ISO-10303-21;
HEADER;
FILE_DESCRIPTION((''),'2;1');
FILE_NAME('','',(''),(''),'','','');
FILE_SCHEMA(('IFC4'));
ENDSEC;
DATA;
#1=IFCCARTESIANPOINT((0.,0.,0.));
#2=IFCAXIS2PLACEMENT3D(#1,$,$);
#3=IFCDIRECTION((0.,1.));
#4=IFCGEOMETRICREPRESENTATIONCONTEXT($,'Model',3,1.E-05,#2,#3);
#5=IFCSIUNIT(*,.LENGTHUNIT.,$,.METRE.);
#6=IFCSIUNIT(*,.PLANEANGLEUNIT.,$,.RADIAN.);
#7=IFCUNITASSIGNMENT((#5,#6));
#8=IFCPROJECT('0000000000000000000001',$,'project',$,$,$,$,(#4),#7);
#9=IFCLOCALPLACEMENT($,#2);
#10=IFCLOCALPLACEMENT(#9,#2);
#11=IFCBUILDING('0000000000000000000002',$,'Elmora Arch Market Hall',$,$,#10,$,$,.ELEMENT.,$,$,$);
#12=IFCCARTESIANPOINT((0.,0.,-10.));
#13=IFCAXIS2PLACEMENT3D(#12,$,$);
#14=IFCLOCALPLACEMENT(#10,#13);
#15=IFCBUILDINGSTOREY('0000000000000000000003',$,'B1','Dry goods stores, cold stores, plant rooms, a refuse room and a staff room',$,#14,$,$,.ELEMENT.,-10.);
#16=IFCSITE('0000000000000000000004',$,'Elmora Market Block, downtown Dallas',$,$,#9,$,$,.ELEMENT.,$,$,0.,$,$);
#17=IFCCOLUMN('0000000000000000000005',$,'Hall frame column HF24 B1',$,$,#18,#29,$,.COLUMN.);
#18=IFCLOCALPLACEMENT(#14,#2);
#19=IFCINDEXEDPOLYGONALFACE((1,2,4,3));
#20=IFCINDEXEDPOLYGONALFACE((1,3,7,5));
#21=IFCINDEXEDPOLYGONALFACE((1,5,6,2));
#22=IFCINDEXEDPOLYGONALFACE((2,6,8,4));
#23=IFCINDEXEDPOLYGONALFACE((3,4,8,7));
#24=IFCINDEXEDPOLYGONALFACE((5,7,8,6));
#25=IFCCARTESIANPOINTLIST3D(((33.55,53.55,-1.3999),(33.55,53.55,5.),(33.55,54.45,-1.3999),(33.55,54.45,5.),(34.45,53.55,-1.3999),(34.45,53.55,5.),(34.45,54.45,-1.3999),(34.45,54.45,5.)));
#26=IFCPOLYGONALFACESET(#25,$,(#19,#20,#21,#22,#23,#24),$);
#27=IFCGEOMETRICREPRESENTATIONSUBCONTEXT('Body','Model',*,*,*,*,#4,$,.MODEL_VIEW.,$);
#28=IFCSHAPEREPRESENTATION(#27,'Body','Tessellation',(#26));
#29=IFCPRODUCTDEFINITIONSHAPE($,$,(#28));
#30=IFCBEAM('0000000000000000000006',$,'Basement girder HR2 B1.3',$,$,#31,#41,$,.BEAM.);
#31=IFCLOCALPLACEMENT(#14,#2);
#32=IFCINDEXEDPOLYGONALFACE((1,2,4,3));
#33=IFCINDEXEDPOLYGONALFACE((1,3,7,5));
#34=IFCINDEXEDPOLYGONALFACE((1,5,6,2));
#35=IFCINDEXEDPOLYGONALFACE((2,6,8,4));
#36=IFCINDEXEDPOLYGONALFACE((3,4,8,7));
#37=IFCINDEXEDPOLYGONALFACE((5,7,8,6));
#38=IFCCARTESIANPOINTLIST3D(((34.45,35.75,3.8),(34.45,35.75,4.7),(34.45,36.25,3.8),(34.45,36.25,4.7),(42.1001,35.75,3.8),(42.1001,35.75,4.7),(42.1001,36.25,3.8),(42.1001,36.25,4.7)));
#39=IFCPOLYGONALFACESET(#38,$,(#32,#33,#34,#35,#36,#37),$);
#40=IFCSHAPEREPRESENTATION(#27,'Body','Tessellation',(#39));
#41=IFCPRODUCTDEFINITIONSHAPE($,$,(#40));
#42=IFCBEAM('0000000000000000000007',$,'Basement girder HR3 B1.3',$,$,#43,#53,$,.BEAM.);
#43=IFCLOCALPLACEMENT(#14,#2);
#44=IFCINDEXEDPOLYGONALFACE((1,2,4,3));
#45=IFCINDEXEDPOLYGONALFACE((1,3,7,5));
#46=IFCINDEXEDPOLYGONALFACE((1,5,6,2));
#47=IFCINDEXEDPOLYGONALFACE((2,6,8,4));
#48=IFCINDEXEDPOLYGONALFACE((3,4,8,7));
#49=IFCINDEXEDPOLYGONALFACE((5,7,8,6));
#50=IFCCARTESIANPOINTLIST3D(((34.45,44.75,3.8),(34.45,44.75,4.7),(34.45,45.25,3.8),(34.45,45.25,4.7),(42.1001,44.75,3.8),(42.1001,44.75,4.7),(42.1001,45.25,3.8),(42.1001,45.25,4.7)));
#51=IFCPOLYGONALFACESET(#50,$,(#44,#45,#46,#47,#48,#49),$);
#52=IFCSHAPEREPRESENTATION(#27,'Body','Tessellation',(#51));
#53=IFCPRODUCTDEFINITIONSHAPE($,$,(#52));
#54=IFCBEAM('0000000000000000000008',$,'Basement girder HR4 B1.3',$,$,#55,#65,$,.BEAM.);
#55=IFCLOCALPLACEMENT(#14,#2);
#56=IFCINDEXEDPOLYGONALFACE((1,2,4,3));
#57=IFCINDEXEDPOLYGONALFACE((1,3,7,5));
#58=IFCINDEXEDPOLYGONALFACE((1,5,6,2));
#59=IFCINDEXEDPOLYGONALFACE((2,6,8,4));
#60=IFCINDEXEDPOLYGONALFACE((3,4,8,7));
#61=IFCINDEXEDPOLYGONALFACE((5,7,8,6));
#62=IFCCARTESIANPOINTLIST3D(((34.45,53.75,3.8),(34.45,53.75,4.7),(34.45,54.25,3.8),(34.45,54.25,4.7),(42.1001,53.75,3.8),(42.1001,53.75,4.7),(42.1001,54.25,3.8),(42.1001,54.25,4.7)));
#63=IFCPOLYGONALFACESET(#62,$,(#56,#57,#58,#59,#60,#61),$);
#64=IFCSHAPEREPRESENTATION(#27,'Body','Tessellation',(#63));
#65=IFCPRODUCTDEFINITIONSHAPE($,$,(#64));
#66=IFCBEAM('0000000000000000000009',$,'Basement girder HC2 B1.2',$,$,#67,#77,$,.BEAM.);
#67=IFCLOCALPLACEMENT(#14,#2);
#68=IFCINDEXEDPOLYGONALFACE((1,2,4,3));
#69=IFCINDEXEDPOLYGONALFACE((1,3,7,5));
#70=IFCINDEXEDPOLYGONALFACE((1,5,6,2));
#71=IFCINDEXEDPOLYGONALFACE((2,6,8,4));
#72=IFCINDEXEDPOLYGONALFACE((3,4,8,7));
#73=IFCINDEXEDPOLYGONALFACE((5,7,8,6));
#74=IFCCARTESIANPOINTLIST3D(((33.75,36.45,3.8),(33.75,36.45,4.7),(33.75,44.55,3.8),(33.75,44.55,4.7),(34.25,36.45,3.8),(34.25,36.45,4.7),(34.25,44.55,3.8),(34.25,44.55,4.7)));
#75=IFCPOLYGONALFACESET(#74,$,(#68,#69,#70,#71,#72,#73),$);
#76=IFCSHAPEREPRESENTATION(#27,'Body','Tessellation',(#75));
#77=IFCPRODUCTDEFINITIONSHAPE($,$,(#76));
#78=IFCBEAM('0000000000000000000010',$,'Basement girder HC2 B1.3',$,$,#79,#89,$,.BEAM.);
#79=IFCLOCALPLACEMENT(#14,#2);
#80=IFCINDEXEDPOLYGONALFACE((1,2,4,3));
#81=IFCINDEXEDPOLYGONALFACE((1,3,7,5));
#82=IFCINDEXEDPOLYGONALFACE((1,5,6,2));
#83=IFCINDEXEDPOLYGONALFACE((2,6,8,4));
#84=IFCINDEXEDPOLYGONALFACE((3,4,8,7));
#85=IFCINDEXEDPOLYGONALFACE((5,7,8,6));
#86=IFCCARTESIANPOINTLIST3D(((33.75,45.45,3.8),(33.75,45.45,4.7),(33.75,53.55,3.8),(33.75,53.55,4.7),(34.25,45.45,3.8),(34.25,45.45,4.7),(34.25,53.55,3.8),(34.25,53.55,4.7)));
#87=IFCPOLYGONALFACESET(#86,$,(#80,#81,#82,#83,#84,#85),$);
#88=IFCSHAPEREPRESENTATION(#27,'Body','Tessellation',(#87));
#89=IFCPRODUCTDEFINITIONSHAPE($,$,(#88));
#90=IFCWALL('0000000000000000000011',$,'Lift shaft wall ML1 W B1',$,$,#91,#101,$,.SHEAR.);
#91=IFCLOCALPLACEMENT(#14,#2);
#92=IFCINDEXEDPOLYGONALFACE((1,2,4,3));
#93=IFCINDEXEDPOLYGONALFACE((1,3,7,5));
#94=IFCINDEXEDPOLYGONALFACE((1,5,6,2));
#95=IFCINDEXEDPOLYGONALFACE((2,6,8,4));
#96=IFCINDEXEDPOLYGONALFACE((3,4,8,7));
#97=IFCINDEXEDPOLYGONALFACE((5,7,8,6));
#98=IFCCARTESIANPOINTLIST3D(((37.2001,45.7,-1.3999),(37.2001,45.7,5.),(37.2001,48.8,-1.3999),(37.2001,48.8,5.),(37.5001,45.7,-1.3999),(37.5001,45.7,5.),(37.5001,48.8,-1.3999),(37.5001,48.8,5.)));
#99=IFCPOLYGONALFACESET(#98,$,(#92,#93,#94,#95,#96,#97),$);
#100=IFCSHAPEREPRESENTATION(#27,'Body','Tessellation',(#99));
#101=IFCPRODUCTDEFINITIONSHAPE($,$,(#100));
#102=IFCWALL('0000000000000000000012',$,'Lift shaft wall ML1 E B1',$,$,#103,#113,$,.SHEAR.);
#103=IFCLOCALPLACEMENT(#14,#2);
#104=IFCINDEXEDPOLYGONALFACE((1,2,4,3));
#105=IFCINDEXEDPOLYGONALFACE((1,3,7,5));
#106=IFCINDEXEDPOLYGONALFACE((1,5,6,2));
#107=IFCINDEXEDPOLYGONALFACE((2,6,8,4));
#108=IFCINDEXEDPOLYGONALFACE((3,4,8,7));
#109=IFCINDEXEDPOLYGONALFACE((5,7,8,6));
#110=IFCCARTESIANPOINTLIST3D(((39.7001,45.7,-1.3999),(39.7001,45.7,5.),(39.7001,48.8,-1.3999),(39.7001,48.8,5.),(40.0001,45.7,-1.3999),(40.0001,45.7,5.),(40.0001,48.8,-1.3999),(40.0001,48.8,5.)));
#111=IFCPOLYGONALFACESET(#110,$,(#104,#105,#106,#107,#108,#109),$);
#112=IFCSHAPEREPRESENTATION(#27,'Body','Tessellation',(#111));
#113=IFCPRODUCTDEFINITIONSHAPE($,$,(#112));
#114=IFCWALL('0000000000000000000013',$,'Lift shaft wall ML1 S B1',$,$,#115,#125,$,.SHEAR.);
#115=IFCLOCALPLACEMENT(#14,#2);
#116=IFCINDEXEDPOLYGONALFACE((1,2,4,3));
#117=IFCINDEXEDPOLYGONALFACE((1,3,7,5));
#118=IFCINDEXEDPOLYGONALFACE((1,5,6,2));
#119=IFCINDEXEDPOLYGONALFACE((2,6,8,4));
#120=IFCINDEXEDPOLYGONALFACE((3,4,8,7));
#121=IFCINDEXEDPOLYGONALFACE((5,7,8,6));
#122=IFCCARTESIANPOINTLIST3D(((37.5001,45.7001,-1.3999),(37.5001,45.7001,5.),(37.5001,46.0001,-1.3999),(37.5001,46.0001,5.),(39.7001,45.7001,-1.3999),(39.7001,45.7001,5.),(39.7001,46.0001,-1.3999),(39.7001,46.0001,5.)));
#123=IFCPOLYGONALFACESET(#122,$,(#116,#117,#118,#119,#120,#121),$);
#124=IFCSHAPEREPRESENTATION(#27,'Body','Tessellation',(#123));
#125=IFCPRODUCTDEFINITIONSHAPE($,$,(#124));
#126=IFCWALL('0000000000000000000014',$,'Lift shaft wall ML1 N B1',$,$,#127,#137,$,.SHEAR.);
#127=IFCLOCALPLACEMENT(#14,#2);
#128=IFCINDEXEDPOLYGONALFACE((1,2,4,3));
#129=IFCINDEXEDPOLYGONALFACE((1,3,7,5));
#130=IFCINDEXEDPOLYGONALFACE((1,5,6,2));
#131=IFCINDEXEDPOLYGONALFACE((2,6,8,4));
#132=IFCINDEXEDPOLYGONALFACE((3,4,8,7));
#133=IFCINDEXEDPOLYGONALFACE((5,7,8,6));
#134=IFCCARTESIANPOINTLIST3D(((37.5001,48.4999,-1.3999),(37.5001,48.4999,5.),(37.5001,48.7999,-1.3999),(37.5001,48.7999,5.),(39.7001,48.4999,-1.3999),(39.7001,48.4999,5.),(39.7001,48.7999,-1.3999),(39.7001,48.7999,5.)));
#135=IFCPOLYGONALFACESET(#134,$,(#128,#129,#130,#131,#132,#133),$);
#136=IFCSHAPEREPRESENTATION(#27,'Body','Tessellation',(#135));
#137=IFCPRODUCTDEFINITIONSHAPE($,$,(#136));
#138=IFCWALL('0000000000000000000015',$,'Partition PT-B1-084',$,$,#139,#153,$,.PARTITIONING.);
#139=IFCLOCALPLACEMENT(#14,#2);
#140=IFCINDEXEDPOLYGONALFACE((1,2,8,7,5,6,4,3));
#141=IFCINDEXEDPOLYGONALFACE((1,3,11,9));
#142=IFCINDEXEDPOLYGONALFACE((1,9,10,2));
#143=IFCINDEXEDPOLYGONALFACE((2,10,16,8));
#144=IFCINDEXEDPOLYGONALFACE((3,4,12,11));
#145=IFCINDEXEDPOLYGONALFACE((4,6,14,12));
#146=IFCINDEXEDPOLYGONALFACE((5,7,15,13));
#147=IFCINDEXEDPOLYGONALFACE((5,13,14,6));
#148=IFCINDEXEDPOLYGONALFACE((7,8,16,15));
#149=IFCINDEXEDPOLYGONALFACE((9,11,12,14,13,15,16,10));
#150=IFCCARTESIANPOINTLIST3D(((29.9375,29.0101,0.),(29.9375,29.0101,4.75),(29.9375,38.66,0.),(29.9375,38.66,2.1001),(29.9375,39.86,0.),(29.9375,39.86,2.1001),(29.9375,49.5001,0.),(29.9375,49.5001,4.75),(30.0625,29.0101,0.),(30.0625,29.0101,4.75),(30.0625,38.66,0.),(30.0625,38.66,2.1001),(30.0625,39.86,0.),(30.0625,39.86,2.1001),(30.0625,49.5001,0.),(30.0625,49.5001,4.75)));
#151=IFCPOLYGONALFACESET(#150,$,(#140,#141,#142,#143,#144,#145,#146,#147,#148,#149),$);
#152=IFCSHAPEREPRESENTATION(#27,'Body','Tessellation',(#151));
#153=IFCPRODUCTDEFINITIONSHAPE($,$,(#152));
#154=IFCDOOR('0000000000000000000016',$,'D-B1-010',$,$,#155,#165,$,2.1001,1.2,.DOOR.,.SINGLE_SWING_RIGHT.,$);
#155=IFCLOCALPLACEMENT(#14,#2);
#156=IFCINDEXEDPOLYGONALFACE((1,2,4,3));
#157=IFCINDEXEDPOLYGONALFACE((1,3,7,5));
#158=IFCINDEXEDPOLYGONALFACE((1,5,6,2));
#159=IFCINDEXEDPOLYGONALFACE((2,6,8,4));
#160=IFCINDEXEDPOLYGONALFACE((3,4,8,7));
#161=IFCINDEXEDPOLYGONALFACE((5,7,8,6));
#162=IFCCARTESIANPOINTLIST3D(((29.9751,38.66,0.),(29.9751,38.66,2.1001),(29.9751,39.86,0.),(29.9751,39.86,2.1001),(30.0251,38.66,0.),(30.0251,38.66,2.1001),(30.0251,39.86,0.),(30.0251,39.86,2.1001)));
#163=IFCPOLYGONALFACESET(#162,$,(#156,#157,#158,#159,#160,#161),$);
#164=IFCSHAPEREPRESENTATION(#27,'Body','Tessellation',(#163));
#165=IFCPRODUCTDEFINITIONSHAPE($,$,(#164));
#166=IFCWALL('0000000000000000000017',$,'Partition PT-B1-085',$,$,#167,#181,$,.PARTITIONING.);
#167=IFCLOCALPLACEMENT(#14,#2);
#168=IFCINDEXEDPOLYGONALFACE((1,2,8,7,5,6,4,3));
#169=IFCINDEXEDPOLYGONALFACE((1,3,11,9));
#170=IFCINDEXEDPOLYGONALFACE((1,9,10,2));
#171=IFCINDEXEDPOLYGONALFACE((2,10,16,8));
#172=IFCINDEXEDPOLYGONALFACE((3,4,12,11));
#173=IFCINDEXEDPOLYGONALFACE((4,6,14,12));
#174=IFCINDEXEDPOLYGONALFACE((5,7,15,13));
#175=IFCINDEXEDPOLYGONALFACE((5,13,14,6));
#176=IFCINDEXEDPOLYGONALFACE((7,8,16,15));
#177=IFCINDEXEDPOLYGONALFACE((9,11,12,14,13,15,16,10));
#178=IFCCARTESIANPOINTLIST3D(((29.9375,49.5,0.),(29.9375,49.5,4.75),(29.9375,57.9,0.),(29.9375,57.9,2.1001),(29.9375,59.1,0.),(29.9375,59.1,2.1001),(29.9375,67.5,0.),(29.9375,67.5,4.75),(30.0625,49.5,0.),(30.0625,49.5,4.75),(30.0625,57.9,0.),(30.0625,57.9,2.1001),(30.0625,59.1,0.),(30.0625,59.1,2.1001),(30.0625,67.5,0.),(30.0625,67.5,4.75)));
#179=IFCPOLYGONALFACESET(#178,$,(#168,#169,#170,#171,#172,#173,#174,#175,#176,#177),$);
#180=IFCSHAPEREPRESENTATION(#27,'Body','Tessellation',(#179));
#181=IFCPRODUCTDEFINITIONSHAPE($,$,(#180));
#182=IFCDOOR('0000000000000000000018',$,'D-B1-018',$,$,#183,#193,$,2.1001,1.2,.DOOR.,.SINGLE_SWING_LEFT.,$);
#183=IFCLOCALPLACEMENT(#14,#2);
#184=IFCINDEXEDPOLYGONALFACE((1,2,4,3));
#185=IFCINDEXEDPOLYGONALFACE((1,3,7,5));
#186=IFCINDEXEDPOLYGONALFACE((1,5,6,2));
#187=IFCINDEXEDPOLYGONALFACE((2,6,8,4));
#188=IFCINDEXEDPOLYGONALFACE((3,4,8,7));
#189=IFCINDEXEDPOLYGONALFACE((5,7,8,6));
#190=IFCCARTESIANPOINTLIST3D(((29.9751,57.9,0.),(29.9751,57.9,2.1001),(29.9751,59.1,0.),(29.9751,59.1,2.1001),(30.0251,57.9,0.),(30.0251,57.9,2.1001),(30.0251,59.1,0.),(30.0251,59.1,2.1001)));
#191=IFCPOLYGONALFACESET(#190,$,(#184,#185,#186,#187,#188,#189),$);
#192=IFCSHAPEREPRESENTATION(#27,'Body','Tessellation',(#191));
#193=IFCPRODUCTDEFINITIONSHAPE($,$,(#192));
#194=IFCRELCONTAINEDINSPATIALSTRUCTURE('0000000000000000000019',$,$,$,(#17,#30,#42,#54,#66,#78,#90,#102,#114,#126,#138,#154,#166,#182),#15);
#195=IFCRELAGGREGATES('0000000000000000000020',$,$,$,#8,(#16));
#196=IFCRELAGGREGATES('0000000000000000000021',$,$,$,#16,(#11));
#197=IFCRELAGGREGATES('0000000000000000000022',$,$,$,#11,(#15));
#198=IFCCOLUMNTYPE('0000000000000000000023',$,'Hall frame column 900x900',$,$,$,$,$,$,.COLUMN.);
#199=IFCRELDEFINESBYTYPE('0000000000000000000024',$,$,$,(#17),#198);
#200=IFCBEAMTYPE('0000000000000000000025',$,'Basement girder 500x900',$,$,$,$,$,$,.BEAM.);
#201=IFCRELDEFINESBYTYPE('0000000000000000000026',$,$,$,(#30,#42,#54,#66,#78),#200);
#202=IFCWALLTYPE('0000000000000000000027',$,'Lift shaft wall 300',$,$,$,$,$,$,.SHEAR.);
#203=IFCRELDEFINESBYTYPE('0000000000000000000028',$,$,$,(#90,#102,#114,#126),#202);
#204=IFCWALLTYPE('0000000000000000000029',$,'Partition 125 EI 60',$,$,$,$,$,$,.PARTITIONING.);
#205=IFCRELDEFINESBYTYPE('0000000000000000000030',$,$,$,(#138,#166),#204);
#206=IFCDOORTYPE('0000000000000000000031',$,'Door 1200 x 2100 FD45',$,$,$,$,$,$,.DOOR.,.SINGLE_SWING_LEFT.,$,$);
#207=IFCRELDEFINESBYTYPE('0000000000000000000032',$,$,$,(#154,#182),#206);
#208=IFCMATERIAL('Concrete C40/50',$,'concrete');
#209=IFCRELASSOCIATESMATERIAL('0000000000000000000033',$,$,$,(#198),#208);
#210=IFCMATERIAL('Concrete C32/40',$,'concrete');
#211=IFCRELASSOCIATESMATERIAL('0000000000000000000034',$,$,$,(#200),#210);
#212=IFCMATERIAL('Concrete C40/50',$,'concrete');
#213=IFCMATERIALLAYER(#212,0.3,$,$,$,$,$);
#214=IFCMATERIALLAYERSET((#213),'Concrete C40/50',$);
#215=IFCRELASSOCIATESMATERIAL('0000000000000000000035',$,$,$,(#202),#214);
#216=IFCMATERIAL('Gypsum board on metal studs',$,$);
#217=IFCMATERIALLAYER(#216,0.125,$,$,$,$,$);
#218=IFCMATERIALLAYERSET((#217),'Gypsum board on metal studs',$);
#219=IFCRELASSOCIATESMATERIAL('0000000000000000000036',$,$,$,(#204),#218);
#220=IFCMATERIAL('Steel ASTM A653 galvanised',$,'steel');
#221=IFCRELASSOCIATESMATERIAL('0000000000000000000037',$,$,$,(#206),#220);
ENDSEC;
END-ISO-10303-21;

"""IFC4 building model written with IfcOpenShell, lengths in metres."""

from ifc_helpers import new_model, si_unit, direction, frame, frame_2d, origin, origin_2d, place, context, subcontext, project, spatial, rectangle, extrude, material, layer, layer_set, material_profile, profile_set, type_object, element, fill, save


model = new_model("IFC4")

# Units and contexts
model_context = context("Model", 3, precision=1e-05, world=origin(), true_north=direction((0.0, 1.0)))
body_context = subcontext(model_context, "Body", "Model", "MODEL_VIEW")
ifc_project = project(units=[si_unit("LENGTHUNIT", "METRE"), si_unit("PLANEANGLEUNIT", "RADIAN")], contexts=[model_context])

# Site, building, storey
site_placement = place(None, origin())
site = spatial("IfcSite", under=ifc_project, at=site_placement, Name="Elmora Market Block, downtown Dallas", CompositionType="ELEMENT", RefElevation=0.0)
building_placement = place(site_placement, origin())
building = spatial("IfcBuilding", under=site, at=building_placement, Name="Elmora Arch Market Hall", CompositionType="ELEMENT")
storey_placement = place(building_placement, frame((0.0, 0.0, -10.0)))
storey = spatial("IfcBuildingStorey", under=building, at=storey_placement, Name="B1", Description="Dry goods stores, cold stores, plant rooms, a refuse room and a staff room", CompositionType="ELEMENT", Elevation=-10.0)

# Column
ifc_material_1 = material(Name="Concrete C40/50", Category="concrete")
ifc_material_profile_1 = material_profile(ifc_material_1, rectangle(XDim=0.8999, YDim=0.8999, at=origin_2d()), Name="Hall frame column 900x900")
ifc_profile_set_1 = profile_set([ifc_material_profile_1], Name="Concrete C40/50")
column_type = type_object("IfcColumnType", Name="Hall frame column 900x900", PredefinedType="COLUMN", material=ifc_profile_set_1)
for number, where, z_axis, x_axis, name in (
    (1, (34.0, 54.0, -1.3999), (0.0, 0.0, 1.0), (1.0, 0.0, 0.0), "Hall frame column HF24 B1"),
):
    element("IfcColumn", number, at=place(storey_placement, frame(where, z_axis=z_axis, x_axis=x_axis)), inside=storey, type_object=column_type, Name=name, PredefinedType="COLUMN", context=body_context, shape_type="SweptSolid", body=[
        extrude(rectangle(XDim=0.8999, YDim=0.8999, at=origin_2d()), origin(), (0.0, 0.0, 1.0), 6.3999),
    ])

# Beams
ifc_material_2 = material(Name="Concrete C32/40", Category="concrete")
ifc_material_profile_2 = material_profile(ifc_material_2, rectangle(XDim=0.5, YDim=0.8999, at=origin_2d()), Name="Basement girder 500x900")
ifc_profile_set_2 = profile_set([ifc_material_profile_2], Name="Concrete C32/40")
beam_type = type_object("IfcBeamType", Name="Basement girder 500x900", PredefinedType="BEAM", material=ifc_profile_set_2)
for number, where, z_axis, x_axis, name in (
    (2, (34.45, 36.0, 4.25), (1.0, 0.0, 0.0), (0.0, 1.0, 0.0), "Basement girder HR2 B1.3"),
    (3, (34.45, 45.0, 4.25), (1.0, 0.0, 0.0), (0.0, 1.0, 0.0), "Basement girder HR3 B1.3"),
    (4, (34.45, 54.0, 4.25), (1.0, 0.0, 0.0), (0.0, 1.0, 0.0), "Basement girder HR4 B1.3"),
):
    element("IfcBeam", number, at=place(storey_placement, frame(where, z_axis=z_axis, x_axis=x_axis)), inside=storey, type_object=beam_type, Name=name, PredefinedType="BEAM", context=body_context, shape_type="SweptSolid", body=[
        extrude(rectangle(XDim=0.5, YDim=0.8999, at=origin_2d()), origin(), (0.0, 0.0, 1.0), 7.6501),
    ])
for number, where, z_axis, x_axis, name in (
    (5, (34.0, 36.45, 4.25), (0.0, 1.0, 0.0), (-1.0, 0.0, 0.0), "Basement girder HC2 B1.2"),
    (6, (34.0, 45.45, 4.25), (0.0, 1.0, 0.0), (-1.0, 0.0, 0.0), "Basement girder HC2 B1.3"),
):
    element("IfcBeam", number, at=place(storey_placement, frame(where, z_axis=z_axis, x_axis=x_axis)), inside=storey, type_object=beam_type, Name=name, PredefinedType="BEAM", context=body_context, shape_type="SweptSolid", body=[
        extrude(rectangle(XDim=0.5, YDim=0.8999, at=origin_2d()), origin(), (0.0, 0.0, 1.0), 8.1001),
    ])

# Walls
ifc_material_3 = material(Name="Concrete C40/50", Category="concrete")
ifc_layer_1 = layer(ifc_material_3, 0.3)
ifc_layer_set_1 = layer_set([ifc_layer_1], Name="Concrete C40/50")
wall_type_1 = type_object("IfcWallType", Name="Lift shaft wall 300", PredefinedType="SHEAR", material=ifc_layer_set_1)
for number, where, z_axis, x_axis, name in (
    (7, (37.3501, 45.7, -1.3999), (0.0, 0.0, 1.0), (0.0, 1.0, 0.0), "Lift shaft wall ML1 W B1"),
    (8, (39.8501, 45.7, -1.3999), (0.0, 0.0, 1.0), (0.0, 1.0, 0.0), "Lift shaft wall ML1 E B1"),
):
    element("IfcWall", number, at=place(storey_placement, frame(where, z_axis=z_axis, x_axis=x_axis)), inside=storey, type_object=wall_type_1, Name=name, PredefinedType="SHEAR", context=body_context, shape_type="SweptSolid", body=[
        extrude(rectangle(XDim=3.1001, YDim=0.3, at=frame_2d((1.55, 0.0))), origin(), (0.0, 0.0, 1.0), 6.3999),
    ])
for number, where, z_axis, x_axis, name in (
    (9, (37.5, 45.8501, -1.3999), (0.0, 0.0, 1.0), (1.0, 0.0, 0.0), "Lift shaft wall ML1 S B1"),
    (10, (37.5, 48.6499, -1.3999), (0.0, 0.0, 1.0), (1.0, 0.0, 0.0), "Lift shaft wall ML1 N B1"),
):
    element("IfcWall", number, at=place(storey_placement, frame(where, z_axis=z_axis, x_axis=x_axis)), inside=storey, type_object=wall_type_1, Name=name, PredefinedType="SHEAR", context=body_context, shape_type="SweptSolid", body=[
        extrude(rectangle(XDim=2.2, YDim=0.3, at=frame_2d((1.1001, 0.0))), origin(), (0.0, 0.0, 1.0), 6.3999),
    ])

# Walls, openings, doors
ifc_material_4 = material(Name="Gypsum board on metal studs")
ifc_layer_2 = layer(ifc_material_4, 0.125)
ifc_layer_set_2 = layer_set([ifc_layer_2], Name="Gypsum board on metal studs")
wall_type_2 = type_object("IfcWallType", Name="Partition 125 EI 60", PredefinedType="PARTITIONING", material=ifc_layer_set_2)
wall_1_placement = place(storey_placement, frame((30.0, 29.01, 0.0), z_axis=(0.0, 0.0, 1.0), x_axis=(0.0, 1.0, 0.0)))
wall_1 = element("IfcWall", 11, at=wall_1_placement, inside=storey, type_object=wall_type_2, Name="Partition PT-B1-084", PredefinedType="PARTITIONING", context=body_context, shape_type="SweptSolid", body=[
    extrude(rectangle(XDim=20.49, YDim=0.125, at=frame_2d((10.2451, 0.0))), origin(), (0.0, 0.0, 1.0), 4.75),
])
opening_1_placement = place(wall_1_placement, frame((9.6499, 0.0, 0.0)))
opening_1 = element("IfcOpeningElement", 12, at=opening_1_placement, cuts=wall_1, PredefinedType="OPENING", context=body_context, shape_type="SweptSolid", body=[
    extrude(rectangle(XDim=1.2, YDim=2.1001, at=frame_2d((0.6001, 1.05))), frame((0.0, 0.0725, 0.0), z_axis=(0.0, -1.0, 0.0), x_axis=(1.0, 0.0, 0.0)), (0.0, 0.0, 1.0), 0.145),
])
ifc_material_5 = material(Name="Steel ASTM A653 galvanised", Category="steel")
door_type = type_object("IfcDoorType", Name="Door 1200 x 2100 FD45", OperationType="SINGLE_SWING_LEFT", PredefinedType="DOOR", material=ifc_material_5)
door_1_placement = place(opening_1_placement, origin())
door_1 = element("IfcDoor", 13, at=door_1_placement, inside=storey, type_object=door_type, Name="D-B1-010", OperationType="SINGLE_SWING_RIGHT", OverallHeight=2.1001, OverallWidth=1.2, PredefinedType="DOOR", context=body_context, shape_type="SweptSolid", body=[
    extrude(rectangle(XDim=1.2, YDim=2.1001, at=frame_2d((0.6001, 1.05))), frame((0.0, 0.0249, 0.0), z_axis=(0.0, -1.0, 0.0), x_axis=(1.0, 0.0, 0.0)), (0.0, 0.0, 1.0), 0.05),
])
fill(opening_1, door_1)
wall_2_placement = place(storey_placement, frame((30.0, 49.5, 0.0), z_axis=(0.0, 0.0, 1.0), x_axis=(0.0, 1.0, 0.0)))
wall_2 = element("IfcWall", 14, at=wall_2_placement, inside=storey, type_object=wall_type_2, Name="Partition PT-B1-085", PredefinedType="PARTITIONING", context=body_context, shape_type="SweptSolid", body=[
    extrude(rectangle(XDim=18.0, YDim=0.125, at=frame_2d((9.0, 0.0))), origin(), (0.0, 0.0, 1.0), 4.75),
])
opening_2_placement = place(wall_2_placement, frame((8.3999, 0.0, 0.0)))
opening_2 = element("IfcOpeningElement", 15, at=opening_2_placement, cuts=wall_2, PredefinedType="OPENING", context=body_context, shape_type="SweptSolid", body=[
    extrude(rectangle(XDim=1.2, YDim=2.1001, at=frame_2d((0.6001, 1.05))), frame((0.0, 0.0725, 0.0), z_axis=(0.0, -1.0, 0.0), x_axis=(1.0, 0.0, 0.0)), (0.0, 0.0, 1.0), 0.145),
])
door_2_placement = place(opening_2_placement, origin())
door_2 = element("IfcDoor", 16, at=door_2_placement, inside=storey, type_object=door_type, Name="D-B1-018", OperationType="SINGLE_SWING_LEFT", OverallHeight=2.1001, OverallWidth=1.2, PredefinedType="DOOR", context=body_context, shape_type="SweptSolid", body=[
    extrude(rectangle(XDim=1.2, YDim=2.1001, at=frame_2d((0.6001, 1.05))), frame((0.0, 0.0249, 0.0), z_axis=(0.0, -1.0, 0.0), x_axis=(1.0, 0.0, 0.0)), (0.0, 0.0, 1.0), 0.05),
])
fill(opening_2, door_2)

save(model, "model.ifc")
